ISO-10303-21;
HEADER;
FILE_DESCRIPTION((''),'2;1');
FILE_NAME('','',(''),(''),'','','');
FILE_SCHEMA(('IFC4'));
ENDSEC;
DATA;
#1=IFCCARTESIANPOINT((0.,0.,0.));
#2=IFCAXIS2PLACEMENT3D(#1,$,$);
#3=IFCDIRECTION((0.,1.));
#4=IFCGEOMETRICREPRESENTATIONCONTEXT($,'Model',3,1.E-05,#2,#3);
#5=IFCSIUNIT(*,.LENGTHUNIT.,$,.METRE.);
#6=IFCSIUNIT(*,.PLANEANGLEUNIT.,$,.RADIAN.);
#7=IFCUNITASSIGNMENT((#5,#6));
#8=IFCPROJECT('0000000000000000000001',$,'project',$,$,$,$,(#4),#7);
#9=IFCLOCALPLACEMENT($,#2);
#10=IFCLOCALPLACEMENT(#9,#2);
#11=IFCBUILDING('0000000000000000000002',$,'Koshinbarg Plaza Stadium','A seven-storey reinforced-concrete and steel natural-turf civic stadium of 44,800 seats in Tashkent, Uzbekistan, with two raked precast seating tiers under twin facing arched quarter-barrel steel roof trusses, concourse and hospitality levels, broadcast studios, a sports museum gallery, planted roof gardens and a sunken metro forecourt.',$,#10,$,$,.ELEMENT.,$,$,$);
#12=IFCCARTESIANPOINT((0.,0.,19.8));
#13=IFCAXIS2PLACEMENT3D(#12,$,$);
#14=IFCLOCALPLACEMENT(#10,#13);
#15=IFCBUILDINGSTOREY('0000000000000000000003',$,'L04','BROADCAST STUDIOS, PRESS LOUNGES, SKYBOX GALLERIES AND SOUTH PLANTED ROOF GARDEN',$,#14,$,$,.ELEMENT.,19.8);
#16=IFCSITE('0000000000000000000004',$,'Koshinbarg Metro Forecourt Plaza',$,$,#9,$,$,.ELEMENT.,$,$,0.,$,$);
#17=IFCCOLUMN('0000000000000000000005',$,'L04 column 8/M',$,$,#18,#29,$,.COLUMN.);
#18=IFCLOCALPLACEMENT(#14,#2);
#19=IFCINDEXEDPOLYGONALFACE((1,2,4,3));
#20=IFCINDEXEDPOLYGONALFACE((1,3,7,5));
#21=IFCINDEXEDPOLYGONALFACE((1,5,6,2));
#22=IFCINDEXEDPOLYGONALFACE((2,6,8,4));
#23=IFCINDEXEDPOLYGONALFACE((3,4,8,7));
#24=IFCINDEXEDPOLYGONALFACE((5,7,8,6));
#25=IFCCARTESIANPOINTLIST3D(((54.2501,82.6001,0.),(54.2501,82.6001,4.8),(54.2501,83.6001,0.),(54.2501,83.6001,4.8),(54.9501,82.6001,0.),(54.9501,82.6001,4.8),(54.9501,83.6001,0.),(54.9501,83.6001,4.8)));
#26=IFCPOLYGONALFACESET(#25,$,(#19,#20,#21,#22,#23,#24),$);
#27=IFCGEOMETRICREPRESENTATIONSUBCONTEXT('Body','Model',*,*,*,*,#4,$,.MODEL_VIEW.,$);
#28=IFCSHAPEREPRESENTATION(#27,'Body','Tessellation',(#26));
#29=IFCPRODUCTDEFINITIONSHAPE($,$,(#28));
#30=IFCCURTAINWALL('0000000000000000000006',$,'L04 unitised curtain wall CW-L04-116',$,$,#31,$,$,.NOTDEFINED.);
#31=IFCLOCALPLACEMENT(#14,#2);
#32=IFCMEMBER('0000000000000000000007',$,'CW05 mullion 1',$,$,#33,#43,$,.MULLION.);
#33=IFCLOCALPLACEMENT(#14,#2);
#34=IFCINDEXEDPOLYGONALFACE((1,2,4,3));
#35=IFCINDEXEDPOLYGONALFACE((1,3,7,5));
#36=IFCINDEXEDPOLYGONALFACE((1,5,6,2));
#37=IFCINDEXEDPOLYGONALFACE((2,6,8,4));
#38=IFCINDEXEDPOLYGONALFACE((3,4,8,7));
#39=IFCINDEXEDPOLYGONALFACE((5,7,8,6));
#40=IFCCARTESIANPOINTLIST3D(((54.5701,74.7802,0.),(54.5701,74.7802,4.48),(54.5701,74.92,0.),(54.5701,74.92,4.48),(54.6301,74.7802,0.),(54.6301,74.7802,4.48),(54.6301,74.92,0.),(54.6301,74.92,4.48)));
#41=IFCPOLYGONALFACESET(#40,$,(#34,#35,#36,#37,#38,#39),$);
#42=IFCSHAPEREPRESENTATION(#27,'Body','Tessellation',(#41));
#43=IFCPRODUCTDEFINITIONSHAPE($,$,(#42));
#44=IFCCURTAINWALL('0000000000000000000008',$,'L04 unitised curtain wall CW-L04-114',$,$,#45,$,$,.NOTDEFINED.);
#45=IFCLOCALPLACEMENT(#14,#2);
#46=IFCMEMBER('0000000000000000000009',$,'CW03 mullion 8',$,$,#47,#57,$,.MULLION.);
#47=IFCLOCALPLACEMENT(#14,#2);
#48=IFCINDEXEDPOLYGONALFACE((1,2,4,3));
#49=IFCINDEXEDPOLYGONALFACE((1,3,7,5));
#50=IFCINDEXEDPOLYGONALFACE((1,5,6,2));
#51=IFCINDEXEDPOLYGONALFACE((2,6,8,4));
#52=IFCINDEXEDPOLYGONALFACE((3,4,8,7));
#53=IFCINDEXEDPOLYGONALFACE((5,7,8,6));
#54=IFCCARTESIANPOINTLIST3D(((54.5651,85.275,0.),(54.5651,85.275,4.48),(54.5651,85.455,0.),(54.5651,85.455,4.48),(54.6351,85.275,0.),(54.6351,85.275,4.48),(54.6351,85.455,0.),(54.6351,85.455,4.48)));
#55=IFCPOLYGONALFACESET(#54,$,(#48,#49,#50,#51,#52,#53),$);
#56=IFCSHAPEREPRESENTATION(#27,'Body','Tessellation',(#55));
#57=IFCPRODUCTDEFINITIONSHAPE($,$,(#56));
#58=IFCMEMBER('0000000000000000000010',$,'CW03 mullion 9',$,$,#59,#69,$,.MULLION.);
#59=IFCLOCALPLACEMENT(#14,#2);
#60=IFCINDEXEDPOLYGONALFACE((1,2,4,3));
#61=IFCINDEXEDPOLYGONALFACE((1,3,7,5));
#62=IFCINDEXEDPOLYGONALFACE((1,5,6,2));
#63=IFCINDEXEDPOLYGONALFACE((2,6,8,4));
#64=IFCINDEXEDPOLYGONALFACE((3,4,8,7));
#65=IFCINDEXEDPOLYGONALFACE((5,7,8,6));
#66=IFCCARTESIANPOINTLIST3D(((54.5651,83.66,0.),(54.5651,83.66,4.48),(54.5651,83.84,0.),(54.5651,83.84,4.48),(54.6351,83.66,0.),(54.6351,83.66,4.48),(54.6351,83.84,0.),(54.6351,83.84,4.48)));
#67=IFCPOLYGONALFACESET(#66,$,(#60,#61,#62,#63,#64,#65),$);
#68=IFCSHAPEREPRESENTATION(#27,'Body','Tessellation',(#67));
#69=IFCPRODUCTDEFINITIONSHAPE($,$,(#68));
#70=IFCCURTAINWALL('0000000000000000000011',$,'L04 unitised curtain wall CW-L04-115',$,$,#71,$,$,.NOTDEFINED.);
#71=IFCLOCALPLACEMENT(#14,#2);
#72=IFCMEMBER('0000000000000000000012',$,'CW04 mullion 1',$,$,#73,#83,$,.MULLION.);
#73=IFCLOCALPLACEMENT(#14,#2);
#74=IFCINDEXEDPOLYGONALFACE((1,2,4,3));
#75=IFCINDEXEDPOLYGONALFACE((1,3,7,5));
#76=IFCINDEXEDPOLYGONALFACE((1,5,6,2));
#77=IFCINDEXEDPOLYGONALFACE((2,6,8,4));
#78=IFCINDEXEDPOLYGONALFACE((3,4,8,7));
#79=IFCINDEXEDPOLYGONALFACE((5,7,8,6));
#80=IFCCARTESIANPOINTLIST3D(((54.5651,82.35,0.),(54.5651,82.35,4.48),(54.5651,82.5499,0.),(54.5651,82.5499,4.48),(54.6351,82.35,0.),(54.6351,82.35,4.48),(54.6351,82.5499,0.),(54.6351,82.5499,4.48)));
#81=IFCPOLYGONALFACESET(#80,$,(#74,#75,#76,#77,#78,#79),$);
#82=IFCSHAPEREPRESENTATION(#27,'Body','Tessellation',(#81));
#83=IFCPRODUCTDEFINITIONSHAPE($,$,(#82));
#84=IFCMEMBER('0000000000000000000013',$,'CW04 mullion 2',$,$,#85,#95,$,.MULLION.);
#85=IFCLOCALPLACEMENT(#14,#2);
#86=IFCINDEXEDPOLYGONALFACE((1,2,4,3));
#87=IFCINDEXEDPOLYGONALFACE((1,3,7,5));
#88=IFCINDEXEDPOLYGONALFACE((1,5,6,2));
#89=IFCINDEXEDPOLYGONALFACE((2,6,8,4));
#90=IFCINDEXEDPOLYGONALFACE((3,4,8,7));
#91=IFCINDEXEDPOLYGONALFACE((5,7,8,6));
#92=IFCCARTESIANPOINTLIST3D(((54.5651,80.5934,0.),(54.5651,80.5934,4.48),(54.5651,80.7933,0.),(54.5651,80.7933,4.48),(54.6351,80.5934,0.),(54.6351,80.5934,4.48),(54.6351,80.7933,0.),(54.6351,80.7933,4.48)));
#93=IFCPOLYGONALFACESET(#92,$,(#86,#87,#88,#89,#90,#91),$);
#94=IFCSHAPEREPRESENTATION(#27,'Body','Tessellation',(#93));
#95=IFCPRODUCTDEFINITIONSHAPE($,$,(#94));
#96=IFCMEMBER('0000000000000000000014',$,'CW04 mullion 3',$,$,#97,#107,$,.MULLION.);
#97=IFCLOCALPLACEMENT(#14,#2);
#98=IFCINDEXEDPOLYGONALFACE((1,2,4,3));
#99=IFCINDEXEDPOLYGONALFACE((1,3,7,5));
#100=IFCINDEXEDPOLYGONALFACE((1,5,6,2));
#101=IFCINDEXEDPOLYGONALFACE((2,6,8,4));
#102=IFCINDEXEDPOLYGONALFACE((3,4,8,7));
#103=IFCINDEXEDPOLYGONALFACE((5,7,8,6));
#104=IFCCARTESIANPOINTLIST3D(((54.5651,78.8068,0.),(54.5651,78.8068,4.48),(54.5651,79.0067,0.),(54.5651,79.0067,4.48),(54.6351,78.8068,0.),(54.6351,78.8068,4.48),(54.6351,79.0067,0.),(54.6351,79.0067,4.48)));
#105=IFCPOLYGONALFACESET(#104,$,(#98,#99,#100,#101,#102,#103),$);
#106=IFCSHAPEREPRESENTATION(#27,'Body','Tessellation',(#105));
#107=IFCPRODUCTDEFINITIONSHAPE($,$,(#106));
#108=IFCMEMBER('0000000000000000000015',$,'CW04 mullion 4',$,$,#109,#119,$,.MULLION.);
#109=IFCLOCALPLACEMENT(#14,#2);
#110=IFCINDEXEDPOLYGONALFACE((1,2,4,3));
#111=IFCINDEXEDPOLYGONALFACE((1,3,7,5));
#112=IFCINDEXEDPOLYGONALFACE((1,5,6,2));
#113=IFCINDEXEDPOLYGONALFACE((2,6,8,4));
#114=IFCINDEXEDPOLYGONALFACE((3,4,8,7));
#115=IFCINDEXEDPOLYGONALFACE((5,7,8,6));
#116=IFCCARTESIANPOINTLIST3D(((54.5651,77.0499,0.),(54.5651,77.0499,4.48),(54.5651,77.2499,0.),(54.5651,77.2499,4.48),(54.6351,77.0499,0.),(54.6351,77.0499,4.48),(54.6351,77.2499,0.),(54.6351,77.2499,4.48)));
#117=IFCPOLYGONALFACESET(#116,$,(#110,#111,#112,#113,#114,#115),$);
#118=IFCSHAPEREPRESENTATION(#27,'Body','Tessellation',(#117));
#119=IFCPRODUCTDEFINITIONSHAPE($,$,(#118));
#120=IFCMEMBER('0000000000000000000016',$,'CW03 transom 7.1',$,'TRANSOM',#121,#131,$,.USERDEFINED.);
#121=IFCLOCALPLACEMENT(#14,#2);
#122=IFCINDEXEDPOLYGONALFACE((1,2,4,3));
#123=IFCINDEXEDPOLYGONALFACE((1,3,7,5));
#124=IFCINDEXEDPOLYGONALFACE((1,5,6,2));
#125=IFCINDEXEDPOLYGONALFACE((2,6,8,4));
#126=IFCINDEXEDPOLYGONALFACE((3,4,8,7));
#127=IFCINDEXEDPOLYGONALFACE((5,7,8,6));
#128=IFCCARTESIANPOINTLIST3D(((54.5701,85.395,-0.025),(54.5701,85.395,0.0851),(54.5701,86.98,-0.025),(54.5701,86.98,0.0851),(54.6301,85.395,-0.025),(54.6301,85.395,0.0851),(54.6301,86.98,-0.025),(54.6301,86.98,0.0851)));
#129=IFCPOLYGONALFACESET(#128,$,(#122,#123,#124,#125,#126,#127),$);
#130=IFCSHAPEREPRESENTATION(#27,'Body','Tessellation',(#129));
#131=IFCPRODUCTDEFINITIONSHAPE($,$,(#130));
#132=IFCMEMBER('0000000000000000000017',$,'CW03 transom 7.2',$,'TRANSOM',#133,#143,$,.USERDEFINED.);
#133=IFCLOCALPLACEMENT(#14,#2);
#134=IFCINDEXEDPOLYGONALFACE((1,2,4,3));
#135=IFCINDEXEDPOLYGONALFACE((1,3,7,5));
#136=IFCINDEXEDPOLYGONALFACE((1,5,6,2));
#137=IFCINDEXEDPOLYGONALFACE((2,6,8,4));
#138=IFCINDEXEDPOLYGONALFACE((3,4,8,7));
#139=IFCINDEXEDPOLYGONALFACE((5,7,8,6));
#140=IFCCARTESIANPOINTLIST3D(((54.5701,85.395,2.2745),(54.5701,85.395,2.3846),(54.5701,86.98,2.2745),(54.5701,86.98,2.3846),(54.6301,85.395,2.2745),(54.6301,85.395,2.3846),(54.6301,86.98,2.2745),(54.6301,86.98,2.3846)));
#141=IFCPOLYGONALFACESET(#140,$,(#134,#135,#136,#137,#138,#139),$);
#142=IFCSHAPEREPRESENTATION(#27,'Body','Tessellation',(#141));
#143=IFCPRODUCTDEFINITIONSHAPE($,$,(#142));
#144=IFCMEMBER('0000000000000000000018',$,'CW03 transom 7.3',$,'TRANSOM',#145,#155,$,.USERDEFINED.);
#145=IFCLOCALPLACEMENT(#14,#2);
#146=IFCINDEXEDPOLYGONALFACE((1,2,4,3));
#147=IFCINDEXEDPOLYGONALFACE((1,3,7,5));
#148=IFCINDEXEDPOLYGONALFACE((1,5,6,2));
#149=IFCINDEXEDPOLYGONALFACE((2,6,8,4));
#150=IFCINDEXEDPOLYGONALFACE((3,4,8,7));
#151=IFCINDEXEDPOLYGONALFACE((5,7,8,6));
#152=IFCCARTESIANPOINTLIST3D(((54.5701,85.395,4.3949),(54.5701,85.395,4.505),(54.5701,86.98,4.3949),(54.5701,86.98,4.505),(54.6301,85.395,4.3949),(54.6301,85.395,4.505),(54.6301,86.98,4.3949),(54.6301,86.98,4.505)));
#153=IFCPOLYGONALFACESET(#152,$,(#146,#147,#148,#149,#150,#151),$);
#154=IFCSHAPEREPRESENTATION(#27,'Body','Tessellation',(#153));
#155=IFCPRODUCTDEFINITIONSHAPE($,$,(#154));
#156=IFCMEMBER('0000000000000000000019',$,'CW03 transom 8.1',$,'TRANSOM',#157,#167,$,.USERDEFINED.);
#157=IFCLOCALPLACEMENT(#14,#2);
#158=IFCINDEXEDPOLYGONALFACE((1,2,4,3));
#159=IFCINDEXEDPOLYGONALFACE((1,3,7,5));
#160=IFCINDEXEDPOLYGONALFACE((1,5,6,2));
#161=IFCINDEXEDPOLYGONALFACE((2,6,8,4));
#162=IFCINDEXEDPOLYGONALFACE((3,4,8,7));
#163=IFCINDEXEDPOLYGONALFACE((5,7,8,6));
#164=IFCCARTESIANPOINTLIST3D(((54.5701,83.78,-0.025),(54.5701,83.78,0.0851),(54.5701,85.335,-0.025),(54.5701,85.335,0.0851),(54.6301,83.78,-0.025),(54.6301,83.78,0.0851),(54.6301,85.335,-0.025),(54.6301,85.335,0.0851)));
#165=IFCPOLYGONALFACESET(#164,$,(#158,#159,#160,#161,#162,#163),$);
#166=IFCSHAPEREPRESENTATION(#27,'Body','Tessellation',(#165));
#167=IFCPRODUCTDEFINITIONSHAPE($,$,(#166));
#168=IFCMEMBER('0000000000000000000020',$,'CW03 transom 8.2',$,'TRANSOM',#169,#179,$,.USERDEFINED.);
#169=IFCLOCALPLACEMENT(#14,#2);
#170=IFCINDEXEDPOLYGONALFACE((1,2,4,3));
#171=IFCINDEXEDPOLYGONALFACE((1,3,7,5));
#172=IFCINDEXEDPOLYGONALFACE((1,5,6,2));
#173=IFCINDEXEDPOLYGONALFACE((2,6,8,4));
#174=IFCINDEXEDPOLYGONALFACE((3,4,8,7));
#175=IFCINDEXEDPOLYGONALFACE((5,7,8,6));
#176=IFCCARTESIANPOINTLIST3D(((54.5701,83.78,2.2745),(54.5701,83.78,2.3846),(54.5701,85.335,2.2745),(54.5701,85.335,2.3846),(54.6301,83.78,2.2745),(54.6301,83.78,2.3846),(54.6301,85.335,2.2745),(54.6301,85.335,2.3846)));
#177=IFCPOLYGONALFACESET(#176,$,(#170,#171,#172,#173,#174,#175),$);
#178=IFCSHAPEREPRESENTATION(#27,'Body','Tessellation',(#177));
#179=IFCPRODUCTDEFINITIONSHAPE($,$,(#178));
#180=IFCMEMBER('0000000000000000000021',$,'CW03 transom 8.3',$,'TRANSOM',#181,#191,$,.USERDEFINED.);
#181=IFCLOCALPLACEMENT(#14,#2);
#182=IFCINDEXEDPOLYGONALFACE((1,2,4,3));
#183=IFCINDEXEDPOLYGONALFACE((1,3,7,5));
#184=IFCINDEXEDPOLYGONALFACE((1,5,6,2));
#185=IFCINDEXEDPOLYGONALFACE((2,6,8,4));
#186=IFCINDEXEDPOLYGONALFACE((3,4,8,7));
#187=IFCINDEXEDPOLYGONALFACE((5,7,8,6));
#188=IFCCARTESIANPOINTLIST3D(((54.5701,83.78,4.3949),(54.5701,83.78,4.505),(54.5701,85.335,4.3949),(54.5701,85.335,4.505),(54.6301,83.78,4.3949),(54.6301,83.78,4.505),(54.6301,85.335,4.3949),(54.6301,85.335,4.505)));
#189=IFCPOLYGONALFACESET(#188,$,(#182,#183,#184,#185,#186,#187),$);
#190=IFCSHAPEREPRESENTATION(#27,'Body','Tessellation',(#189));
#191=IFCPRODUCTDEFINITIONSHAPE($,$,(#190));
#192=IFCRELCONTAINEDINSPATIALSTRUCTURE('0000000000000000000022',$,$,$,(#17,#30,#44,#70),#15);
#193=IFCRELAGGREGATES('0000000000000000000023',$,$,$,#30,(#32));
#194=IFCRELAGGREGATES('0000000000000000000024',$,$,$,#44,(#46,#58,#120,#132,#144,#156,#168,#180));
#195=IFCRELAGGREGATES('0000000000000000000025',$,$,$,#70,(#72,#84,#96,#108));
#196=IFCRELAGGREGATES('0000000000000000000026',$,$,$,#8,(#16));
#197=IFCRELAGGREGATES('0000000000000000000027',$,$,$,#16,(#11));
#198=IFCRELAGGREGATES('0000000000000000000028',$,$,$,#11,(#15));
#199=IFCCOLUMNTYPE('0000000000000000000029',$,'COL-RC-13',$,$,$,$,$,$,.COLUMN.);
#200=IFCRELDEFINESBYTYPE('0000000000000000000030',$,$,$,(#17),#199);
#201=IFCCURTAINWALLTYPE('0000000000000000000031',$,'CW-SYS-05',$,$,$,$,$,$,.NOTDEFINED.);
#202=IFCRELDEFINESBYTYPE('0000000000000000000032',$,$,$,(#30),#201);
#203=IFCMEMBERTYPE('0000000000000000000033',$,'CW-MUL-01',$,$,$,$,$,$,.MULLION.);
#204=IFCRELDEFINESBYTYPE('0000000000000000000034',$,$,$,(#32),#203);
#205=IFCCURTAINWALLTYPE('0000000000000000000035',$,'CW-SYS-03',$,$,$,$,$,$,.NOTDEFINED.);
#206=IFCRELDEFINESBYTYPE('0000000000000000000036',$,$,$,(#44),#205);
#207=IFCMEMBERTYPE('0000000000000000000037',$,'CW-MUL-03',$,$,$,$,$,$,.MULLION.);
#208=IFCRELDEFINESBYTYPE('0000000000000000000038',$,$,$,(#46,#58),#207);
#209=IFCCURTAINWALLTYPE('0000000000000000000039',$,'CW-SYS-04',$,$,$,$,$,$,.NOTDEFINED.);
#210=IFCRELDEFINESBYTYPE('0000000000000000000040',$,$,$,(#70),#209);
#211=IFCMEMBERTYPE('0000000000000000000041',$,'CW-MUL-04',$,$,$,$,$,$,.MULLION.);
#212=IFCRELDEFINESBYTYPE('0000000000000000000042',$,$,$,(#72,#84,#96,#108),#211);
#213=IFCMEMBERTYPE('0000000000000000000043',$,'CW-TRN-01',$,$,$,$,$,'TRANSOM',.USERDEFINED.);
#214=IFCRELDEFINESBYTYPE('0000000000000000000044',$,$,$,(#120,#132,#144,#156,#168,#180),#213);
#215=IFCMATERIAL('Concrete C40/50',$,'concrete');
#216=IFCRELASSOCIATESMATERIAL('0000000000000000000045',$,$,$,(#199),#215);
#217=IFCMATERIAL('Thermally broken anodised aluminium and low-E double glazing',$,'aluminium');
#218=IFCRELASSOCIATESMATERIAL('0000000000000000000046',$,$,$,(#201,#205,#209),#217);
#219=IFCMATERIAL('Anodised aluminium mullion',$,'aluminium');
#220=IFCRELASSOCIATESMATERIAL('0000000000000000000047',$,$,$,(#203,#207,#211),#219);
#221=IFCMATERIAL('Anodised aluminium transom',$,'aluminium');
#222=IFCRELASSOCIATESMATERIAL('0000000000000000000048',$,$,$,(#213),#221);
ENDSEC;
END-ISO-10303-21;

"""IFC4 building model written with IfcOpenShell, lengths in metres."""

from ifc_helpers import new_model, si_unit, direction, frame, origin, origin_2d, place, context, subcontext, project, spatial, rectangle, extrude, material, material_profile, profile_set, type_object, element, aggregate, save


model = new_model("IFC4")

# Units and contexts
model_context = context("Model", 3, precision=1e-05, world=origin(), true_north=direction((0.0, 1.0)))
body_context = subcontext(model_context, "Body", "Model", "MODEL_VIEW")
ifc_project = project(units=[si_unit("LENGTHUNIT", "METRE"), si_unit("PLANEANGLEUNIT", "RADIAN")], contexts=[model_context])

# Site, building, storey
site_placement = place(None, origin())
site = spatial("IfcSite", under=ifc_project, at=site_placement, Name="Koshinbarg Metro Forecourt Plaza", CompositionType="ELEMENT", RefElevation=0.0)
building_placement = place(site_placement, origin())
building = spatial("IfcBuilding", under=site, at=building_placement, Name="Koshinbarg Plaza Stadium", Description="A seven-storey reinforced-concrete and steel natural-turf civic stadium of 44,800 seats in Tashkent, Uzbekistan, with two raked precast seating tiers under twin facing arched quarter-barrel steel roof trusses, concourse and hospitality levels, broadcast studios, a sports museum gallery, planted roof gardens and a sunken metro forecourt.", CompositionType="ELEMENT")
storey_placement = place(building_placement, frame((0.0, 0.0, 19.8)))
storey = spatial("IfcBuildingStorey", under=building, at=storey_placement, Name="L04", Description="BROADCAST STUDIOS, PRESS LOUNGES, SKYBOX GALLERIES AND SOUTH PLANTED ROOF GARDEN", CompositionType="ELEMENT", Elevation=19.8)

# Column
ifc_material_1 = material(Name="Concrete C40/50", Category="concrete")
ifc_material_profile_1 = material_profile(ifc_material_1, rectangle(XDim=0.7, YDim=1.0, at=origin_2d()), Name="RC 700x1000")
ifc_profile_set_1 = profile_set([ifc_material_profile_1], Name="Concrete C40/50")
column_type = type_object("IfcColumnType", Name="COL-RC-13", PredefinedType="COLUMN", material=ifc_profile_set_1)
column_placement = place(storey_placement, frame((54.6001, 83.1001, 0.0), z_axis=(0.0, 0.0, 1.0), x_axis=(1.0, 0.0, 0.0)))
element("IfcColumn", 1, at=column_placement, inside=storey, type_object=column_type, Name="L04 column 8/M", PredefinedType="COLUMN", context=body_context, shape_type="SweptSolid", body=[
    extrude(rectangle(XDim=0.7, YDim=1.0, at=origin_2d()), origin(), (0.0, 0.0, 1.0), 4.8),
])

# Curtain wall, member
ifc_material_2 = material(Name="Thermally broken anodised aluminium and low-E double glazing", Category="aluminium")
curtain_wall_type_1 = type_object("IfcCurtainWallType", Name="CW-SYS-05", PredefinedType="NOTDEFINED", material=ifc_material_2)
curtain_wall_1_placement = place(storey_placement, origin())
curtain_wall_1 = element("IfcCurtainWall", 2, at=curtain_wall_1_placement, inside=storey, type_object=curtain_wall_type_1, Name="L04 unitised curtain wall CW-L04-116", PredefinedType="NOTDEFINED")
ifc_material_3 = material(Name="Anodised aluminium mullion", Category="aluminium")
ifc_material_profile_2 = material_profile(ifc_material_3, rectangle(XDim=0.0601, YDim=0.1399, at=origin_2d()), Name="ALU 60x140")
ifc_profile_set_2 = profile_set([ifc_material_profile_2], Name="Anodised aluminium mullion")
member_type_1 = type_object("IfcMemberType", Name="CW-MUL-01", PredefinedType="MULLION", material=ifc_profile_set_2)
member_1_placement = place(storey_placement, frame((54.6001, 74.8501, 0.0), z_axis=(0.0, 0.0, 1.0), x_axis=(1.0, 0.0, 0.0)))
member_1 = element("IfcMember", 3, at=member_1_placement, type_object=member_type_1, Name="CW05 mullion 1", PredefinedType="MULLION", context=body_context, shape_type="SweptSolid", body=[
    extrude(rectangle(XDim=0.0601, YDim=0.1399, at=origin_2d()), origin(), (0.0, 0.0, 1.0), 4.48),
])

# Curtain walls, members
curtain_wall_type_2 = type_object("IfcCurtainWallType", Name="CW-SYS-03", PredefinedType="NOTDEFINED", material=ifc_material_2)
curtain_wall_2_placement = place(storey_placement, origin())
curtain_wall_2 = element("IfcCurtainWall", 4, at=curtain_wall_2_placement, inside=storey, type_object=curtain_wall_type_2, Name="L04 unitised curtain wall CW-L04-114", PredefinedType="NOTDEFINED")
ifc_material_profile_3 = material_profile(ifc_material_3, rectangle(XDim=0.0701, YDim=0.1799, at=origin_2d()), Name="ALU 70x180")
ifc_profile_set_3 = profile_set([ifc_material_profile_3], Name="Anodised aluminium mullion")
member_type_2 = type_object("IfcMemberType", Name="CW-MUL-03", PredefinedType="MULLION", material=ifc_profile_set_3)
member_2_placement = place(storey_placement, frame((54.6001, 85.365, 0.0), z_axis=(0.0, 0.0, 1.0), x_axis=(1.0, 0.0, 0.0)))
member_2 = element("IfcMember", 5, at=member_2_placement, type_object=member_type_2, Name="CW03 mullion 8", PredefinedType="MULLION", context=body_context, shape_type="SweptSolid", body=[
    extrude(rectangle(XDim=0.0701, YDim=0.1799, at=origin_2d()), origin(), (0.0, 0.0, 1.0), 4.48),
])
member_3_placement = place(storey_placement, frame((54.6001, 83.75, 0.0), z_axis=(0.0, 0.0, 1.0), x_axis=(1.0, 0.0, 0.0)))
member_3 = element("IfcMember", 6, at=member_3_placement, type_object=member_type_2, Name="CW03 mullion 9", PredefinedType="MULLION", context=body_context, shape_type="SweptSolid", body=[
    extrude(rectangle(XDim=0.0701, YDim=0.1799, at=origin_2d()), origin(), (0.0, 0.0, 1.0), 4.48),
])
curtain_wall_type_3 = type_object("IfcCurtainWallType", Name="CW-SYS-04", PredefinedType="NOTDEFINED", material=ifc_material_2)
curtain_wall_3_placement = place(storey_placement, origin())
curtain_wall_3 = element("IfcCurtainWall", 7, at=curtain_wall_3_placement, inside=storey, type_object=curtain_wall_type_3, Name="L04 unitised curtain wall CW-L04-115", PredefinedType="NOTDEFINED")
ifc_material_profile_4 = material_profile(ifc_material_3, rectangle(XDim=0.0701, YDim=0.2, at=origin_2d()), Name="ALU 70x200")
ifc_profile_set_4 = profile_set([ifc_material_profile_4], Name="Anodised aluminium mullion")
member_type_3 = type_object("IfcMemberType", Name="CW-MUL-04", PredefinedType="MULLION", material=ifc_profile_set_4)
member_4_placement = place(storey_placement, frame((54.6001, 82.45, 0.0), z_axis=(0.0, 0.0, 1.0), x_axis=(1.0, 0.0, 0.0)))
member_4 = element("IfcMember", 8, at=member_4_placement, type_object=member_type_3, Name="CW04 mullion 1", PredefinedType="MULLION", context=body_context, shape_type="SweptSolid", body=[
    extrude(rectangle(XDim=0.0701, YDim=0.2, at=origin_2d()), origin(), (0.0, 0.0, 1.0), 4.48),
])
member_5_placement = place(storey_placement, frame((54.6001, 80.6934, 0.0), z_axis=(0.0, 0.0, 1.0), x_axis=(1.0, 0.0, 0.0)))
member_5 = element("IfcMember", 9, at=member_5_placement, type_object=member_type_3, Name="CW04 mullion 2", PredefinedType="MULLION", context=body_context, shape_type="SweptSolid", body=[
    extrude(rectangle(XDim=0.0701, YDim=0.2, at=origin_2d()), origin(), (0.0, 0.0, 1.0), 4.48),
])
member_6_placement = place(storey_placement, frame((54.6001, 78.9067, 0.0), z_axis=(0.0, 0.0, 1.0), x_axis=(1.0, 0.0, 0.0)))
member_6 = element("IfcMember", 10, at=member_6_placement, type_object=member_type_3, Name="CW04 mullion 3", PredefinedType="MULLION", context=body_context, shape_type="SweptSolid", body=[
    extrude(rectangle(XDim=0.0701, YDim=0.2, at=origin_2d()), origin(), (0.0, 0.0, 1.0), 4.48),
])
member_7_placement = place(storey_placement, frame((54.6001, 77.1499, 0.0), z_axis=(0.0, 0.0, 1.0), x_axis=(1.0, 0.0, 0.0)))
member_7 = element("IfcMember", 11, at=member_7_placement, type_object=member_type_3, Name="CW04 mullion 4", PredefinedType="MULLION", context=body_context, shape_type="SweptSolid", body=[
    extrude(rectangle(XDim=0.0701, YDim=0.2, at=origin_2d()), origin(), (0.0, 0.0, 1.0), 4.48),
])

# Members
ifc_material_4 = material(Name="Anodised aluminium transom", Category="aluminium")
ifc_material_profile_5 = material_profile(ifc_material_4, rectangle(XDim=0.0601, YDim=0.1101, at=origin_2d()), Name="ALU 60x110")
ifc_profile_set_5 = profile_set([ifc_material_profile_5], Name="Anodised aluminium transom")
member_type_4 = type_object("IfcMemberType", Name="CW-TRN-01", ElementType="TRANSOM", PredefinedType="USERDEFINED", material=ifc_profile_set_5)
member_8_placement = place(storey_placement, frame((54.6001, 86.98, 0.03), z_axis=(0.0, -1.0, 0.0), x_axis=(1.0, 0.0, 0.0)))
member_8 = element("IfcMember", 12, at=member_8_placement, type_object=member_type_4, Name="CW03 transom 7.1", ObjectType="TRANSOM", PredefinedType="USERDEFINED", context=body_context, shape_type="SweptSolid", body=[
    extrude(rectangle(XDim=0.0601, YDim=0.1101, at=origin_2d()), origin(), (0.0, 0.0, 1.0), 1.585),
])
member_9_placement = place(storey_placement, frame((54.6001, 86.98, 2.3296), z_axis=(0.0, -1.0, 0.0), x_axis=(1.0, 0.0, 0.0)))
member_9 = element("IfcMember", 13, at=member_9_placement, type_object=member_type_4, Name="CW03 transom 7.2", ObjectType="TRANSOM", PredefinedType="USERDEFINED", context=body_context, shape_type="SweptSolid", body=[
    extrude(rectangle(XDim=0.0601, YDim=0.1101, at=origin_2d()), origin(), (0.0, 0.0, 1.0), 1.585),
])
member_10_placement = place(storey_placement, frame((54.6001, 86.98, 4.45), z_axis=(0.0, -1.0, 0.0), x_axis=(1.0, 0.0, 0.0)))
member_10 = element("IfcMember", 14, at=member_10_placement, type_object=member_type_4, Name="CW03 transom 7.3", ObjectType="TRANSOM", PredefinedType="USERDEFINED", context=body_context, shape_type="SweptSolid", body=[
    extrude(rectangle(XDim=0.0601, YDim=0.1101, at=origin_2d()), origin(), (0.0, 0.0, 1.0), 1.585),
])
member_11_placement = place(storey_placement, frame((54.6001, 85.335, 0.03), z_axis=(0.0, -1.0, 0.0), x_axis=(1.0, 0.0, 0.0)))
member_11 = element("IfcMember", 15, at=member_11_placement, type_object=member_type_4, Name="CW03 transom 8.1", ObjectType="TRANSOM", PredefinedType="USERDEFINED", context=body_context, shape_type="SweptSolid", body=[
    extrude(rectangle(XDim=0.0601, YDim=0.1101, at=origin_2d()), origin(), (0.0, 0.0, 1.0), 1.5549),
])
member_12_placement = place(storey_placement, frame((54.6001, 85.335, 2.3296), z_axis=(0.0, -1.0, 0.0), x_axis=(1.0, 0.0, 0.0)))
member_12 = element("IfcMember", 16, at=member_12_placement, type_object=member_type_4, Name="CW03 transom 8.2", ObjectType="TRANSOM", PredefinedType="USERDEFINED", context=body_context, shape_type="SweptSolid", body=[
    extrude(rectangle(XDim=0.0601, YDim=0.1101, at=origin_2d()), origin(), (0.0, 0.0, 1.0), 1.5549),
])
member_13_placement = place(storey_placement, frame((54.6001, 85.335, 4.45), z_axis=(0.0, -1.0, 0.0), x_axis=(1.0, 0.0, 0.0)))
member_13 = element("IfcMember", 17, at=member_13_placement, type_object=member_type_4, Name="CW03 transom 8.3", ObjectType="TRANSOM", PredefinedType="USERDEFINED", context=body_context, shape_type="SweptSolid", body=[
    extrude(rectangle(XDim=0.0601, YDim=0.1101, at=origin_2d()), origin(), (0.0, 0.0, 1.0), 1.5549),
])
aggregate(curtain_wall_1, [member_1])

aggregate(curtain_wall_2, [member_2, member_3, member_8, member_9, member_10, member_11, member_12, member_13])
aggregate(curtain_wall_3, [member_4, member_5, member_6, member_7])

save(model, "model.ifc")
